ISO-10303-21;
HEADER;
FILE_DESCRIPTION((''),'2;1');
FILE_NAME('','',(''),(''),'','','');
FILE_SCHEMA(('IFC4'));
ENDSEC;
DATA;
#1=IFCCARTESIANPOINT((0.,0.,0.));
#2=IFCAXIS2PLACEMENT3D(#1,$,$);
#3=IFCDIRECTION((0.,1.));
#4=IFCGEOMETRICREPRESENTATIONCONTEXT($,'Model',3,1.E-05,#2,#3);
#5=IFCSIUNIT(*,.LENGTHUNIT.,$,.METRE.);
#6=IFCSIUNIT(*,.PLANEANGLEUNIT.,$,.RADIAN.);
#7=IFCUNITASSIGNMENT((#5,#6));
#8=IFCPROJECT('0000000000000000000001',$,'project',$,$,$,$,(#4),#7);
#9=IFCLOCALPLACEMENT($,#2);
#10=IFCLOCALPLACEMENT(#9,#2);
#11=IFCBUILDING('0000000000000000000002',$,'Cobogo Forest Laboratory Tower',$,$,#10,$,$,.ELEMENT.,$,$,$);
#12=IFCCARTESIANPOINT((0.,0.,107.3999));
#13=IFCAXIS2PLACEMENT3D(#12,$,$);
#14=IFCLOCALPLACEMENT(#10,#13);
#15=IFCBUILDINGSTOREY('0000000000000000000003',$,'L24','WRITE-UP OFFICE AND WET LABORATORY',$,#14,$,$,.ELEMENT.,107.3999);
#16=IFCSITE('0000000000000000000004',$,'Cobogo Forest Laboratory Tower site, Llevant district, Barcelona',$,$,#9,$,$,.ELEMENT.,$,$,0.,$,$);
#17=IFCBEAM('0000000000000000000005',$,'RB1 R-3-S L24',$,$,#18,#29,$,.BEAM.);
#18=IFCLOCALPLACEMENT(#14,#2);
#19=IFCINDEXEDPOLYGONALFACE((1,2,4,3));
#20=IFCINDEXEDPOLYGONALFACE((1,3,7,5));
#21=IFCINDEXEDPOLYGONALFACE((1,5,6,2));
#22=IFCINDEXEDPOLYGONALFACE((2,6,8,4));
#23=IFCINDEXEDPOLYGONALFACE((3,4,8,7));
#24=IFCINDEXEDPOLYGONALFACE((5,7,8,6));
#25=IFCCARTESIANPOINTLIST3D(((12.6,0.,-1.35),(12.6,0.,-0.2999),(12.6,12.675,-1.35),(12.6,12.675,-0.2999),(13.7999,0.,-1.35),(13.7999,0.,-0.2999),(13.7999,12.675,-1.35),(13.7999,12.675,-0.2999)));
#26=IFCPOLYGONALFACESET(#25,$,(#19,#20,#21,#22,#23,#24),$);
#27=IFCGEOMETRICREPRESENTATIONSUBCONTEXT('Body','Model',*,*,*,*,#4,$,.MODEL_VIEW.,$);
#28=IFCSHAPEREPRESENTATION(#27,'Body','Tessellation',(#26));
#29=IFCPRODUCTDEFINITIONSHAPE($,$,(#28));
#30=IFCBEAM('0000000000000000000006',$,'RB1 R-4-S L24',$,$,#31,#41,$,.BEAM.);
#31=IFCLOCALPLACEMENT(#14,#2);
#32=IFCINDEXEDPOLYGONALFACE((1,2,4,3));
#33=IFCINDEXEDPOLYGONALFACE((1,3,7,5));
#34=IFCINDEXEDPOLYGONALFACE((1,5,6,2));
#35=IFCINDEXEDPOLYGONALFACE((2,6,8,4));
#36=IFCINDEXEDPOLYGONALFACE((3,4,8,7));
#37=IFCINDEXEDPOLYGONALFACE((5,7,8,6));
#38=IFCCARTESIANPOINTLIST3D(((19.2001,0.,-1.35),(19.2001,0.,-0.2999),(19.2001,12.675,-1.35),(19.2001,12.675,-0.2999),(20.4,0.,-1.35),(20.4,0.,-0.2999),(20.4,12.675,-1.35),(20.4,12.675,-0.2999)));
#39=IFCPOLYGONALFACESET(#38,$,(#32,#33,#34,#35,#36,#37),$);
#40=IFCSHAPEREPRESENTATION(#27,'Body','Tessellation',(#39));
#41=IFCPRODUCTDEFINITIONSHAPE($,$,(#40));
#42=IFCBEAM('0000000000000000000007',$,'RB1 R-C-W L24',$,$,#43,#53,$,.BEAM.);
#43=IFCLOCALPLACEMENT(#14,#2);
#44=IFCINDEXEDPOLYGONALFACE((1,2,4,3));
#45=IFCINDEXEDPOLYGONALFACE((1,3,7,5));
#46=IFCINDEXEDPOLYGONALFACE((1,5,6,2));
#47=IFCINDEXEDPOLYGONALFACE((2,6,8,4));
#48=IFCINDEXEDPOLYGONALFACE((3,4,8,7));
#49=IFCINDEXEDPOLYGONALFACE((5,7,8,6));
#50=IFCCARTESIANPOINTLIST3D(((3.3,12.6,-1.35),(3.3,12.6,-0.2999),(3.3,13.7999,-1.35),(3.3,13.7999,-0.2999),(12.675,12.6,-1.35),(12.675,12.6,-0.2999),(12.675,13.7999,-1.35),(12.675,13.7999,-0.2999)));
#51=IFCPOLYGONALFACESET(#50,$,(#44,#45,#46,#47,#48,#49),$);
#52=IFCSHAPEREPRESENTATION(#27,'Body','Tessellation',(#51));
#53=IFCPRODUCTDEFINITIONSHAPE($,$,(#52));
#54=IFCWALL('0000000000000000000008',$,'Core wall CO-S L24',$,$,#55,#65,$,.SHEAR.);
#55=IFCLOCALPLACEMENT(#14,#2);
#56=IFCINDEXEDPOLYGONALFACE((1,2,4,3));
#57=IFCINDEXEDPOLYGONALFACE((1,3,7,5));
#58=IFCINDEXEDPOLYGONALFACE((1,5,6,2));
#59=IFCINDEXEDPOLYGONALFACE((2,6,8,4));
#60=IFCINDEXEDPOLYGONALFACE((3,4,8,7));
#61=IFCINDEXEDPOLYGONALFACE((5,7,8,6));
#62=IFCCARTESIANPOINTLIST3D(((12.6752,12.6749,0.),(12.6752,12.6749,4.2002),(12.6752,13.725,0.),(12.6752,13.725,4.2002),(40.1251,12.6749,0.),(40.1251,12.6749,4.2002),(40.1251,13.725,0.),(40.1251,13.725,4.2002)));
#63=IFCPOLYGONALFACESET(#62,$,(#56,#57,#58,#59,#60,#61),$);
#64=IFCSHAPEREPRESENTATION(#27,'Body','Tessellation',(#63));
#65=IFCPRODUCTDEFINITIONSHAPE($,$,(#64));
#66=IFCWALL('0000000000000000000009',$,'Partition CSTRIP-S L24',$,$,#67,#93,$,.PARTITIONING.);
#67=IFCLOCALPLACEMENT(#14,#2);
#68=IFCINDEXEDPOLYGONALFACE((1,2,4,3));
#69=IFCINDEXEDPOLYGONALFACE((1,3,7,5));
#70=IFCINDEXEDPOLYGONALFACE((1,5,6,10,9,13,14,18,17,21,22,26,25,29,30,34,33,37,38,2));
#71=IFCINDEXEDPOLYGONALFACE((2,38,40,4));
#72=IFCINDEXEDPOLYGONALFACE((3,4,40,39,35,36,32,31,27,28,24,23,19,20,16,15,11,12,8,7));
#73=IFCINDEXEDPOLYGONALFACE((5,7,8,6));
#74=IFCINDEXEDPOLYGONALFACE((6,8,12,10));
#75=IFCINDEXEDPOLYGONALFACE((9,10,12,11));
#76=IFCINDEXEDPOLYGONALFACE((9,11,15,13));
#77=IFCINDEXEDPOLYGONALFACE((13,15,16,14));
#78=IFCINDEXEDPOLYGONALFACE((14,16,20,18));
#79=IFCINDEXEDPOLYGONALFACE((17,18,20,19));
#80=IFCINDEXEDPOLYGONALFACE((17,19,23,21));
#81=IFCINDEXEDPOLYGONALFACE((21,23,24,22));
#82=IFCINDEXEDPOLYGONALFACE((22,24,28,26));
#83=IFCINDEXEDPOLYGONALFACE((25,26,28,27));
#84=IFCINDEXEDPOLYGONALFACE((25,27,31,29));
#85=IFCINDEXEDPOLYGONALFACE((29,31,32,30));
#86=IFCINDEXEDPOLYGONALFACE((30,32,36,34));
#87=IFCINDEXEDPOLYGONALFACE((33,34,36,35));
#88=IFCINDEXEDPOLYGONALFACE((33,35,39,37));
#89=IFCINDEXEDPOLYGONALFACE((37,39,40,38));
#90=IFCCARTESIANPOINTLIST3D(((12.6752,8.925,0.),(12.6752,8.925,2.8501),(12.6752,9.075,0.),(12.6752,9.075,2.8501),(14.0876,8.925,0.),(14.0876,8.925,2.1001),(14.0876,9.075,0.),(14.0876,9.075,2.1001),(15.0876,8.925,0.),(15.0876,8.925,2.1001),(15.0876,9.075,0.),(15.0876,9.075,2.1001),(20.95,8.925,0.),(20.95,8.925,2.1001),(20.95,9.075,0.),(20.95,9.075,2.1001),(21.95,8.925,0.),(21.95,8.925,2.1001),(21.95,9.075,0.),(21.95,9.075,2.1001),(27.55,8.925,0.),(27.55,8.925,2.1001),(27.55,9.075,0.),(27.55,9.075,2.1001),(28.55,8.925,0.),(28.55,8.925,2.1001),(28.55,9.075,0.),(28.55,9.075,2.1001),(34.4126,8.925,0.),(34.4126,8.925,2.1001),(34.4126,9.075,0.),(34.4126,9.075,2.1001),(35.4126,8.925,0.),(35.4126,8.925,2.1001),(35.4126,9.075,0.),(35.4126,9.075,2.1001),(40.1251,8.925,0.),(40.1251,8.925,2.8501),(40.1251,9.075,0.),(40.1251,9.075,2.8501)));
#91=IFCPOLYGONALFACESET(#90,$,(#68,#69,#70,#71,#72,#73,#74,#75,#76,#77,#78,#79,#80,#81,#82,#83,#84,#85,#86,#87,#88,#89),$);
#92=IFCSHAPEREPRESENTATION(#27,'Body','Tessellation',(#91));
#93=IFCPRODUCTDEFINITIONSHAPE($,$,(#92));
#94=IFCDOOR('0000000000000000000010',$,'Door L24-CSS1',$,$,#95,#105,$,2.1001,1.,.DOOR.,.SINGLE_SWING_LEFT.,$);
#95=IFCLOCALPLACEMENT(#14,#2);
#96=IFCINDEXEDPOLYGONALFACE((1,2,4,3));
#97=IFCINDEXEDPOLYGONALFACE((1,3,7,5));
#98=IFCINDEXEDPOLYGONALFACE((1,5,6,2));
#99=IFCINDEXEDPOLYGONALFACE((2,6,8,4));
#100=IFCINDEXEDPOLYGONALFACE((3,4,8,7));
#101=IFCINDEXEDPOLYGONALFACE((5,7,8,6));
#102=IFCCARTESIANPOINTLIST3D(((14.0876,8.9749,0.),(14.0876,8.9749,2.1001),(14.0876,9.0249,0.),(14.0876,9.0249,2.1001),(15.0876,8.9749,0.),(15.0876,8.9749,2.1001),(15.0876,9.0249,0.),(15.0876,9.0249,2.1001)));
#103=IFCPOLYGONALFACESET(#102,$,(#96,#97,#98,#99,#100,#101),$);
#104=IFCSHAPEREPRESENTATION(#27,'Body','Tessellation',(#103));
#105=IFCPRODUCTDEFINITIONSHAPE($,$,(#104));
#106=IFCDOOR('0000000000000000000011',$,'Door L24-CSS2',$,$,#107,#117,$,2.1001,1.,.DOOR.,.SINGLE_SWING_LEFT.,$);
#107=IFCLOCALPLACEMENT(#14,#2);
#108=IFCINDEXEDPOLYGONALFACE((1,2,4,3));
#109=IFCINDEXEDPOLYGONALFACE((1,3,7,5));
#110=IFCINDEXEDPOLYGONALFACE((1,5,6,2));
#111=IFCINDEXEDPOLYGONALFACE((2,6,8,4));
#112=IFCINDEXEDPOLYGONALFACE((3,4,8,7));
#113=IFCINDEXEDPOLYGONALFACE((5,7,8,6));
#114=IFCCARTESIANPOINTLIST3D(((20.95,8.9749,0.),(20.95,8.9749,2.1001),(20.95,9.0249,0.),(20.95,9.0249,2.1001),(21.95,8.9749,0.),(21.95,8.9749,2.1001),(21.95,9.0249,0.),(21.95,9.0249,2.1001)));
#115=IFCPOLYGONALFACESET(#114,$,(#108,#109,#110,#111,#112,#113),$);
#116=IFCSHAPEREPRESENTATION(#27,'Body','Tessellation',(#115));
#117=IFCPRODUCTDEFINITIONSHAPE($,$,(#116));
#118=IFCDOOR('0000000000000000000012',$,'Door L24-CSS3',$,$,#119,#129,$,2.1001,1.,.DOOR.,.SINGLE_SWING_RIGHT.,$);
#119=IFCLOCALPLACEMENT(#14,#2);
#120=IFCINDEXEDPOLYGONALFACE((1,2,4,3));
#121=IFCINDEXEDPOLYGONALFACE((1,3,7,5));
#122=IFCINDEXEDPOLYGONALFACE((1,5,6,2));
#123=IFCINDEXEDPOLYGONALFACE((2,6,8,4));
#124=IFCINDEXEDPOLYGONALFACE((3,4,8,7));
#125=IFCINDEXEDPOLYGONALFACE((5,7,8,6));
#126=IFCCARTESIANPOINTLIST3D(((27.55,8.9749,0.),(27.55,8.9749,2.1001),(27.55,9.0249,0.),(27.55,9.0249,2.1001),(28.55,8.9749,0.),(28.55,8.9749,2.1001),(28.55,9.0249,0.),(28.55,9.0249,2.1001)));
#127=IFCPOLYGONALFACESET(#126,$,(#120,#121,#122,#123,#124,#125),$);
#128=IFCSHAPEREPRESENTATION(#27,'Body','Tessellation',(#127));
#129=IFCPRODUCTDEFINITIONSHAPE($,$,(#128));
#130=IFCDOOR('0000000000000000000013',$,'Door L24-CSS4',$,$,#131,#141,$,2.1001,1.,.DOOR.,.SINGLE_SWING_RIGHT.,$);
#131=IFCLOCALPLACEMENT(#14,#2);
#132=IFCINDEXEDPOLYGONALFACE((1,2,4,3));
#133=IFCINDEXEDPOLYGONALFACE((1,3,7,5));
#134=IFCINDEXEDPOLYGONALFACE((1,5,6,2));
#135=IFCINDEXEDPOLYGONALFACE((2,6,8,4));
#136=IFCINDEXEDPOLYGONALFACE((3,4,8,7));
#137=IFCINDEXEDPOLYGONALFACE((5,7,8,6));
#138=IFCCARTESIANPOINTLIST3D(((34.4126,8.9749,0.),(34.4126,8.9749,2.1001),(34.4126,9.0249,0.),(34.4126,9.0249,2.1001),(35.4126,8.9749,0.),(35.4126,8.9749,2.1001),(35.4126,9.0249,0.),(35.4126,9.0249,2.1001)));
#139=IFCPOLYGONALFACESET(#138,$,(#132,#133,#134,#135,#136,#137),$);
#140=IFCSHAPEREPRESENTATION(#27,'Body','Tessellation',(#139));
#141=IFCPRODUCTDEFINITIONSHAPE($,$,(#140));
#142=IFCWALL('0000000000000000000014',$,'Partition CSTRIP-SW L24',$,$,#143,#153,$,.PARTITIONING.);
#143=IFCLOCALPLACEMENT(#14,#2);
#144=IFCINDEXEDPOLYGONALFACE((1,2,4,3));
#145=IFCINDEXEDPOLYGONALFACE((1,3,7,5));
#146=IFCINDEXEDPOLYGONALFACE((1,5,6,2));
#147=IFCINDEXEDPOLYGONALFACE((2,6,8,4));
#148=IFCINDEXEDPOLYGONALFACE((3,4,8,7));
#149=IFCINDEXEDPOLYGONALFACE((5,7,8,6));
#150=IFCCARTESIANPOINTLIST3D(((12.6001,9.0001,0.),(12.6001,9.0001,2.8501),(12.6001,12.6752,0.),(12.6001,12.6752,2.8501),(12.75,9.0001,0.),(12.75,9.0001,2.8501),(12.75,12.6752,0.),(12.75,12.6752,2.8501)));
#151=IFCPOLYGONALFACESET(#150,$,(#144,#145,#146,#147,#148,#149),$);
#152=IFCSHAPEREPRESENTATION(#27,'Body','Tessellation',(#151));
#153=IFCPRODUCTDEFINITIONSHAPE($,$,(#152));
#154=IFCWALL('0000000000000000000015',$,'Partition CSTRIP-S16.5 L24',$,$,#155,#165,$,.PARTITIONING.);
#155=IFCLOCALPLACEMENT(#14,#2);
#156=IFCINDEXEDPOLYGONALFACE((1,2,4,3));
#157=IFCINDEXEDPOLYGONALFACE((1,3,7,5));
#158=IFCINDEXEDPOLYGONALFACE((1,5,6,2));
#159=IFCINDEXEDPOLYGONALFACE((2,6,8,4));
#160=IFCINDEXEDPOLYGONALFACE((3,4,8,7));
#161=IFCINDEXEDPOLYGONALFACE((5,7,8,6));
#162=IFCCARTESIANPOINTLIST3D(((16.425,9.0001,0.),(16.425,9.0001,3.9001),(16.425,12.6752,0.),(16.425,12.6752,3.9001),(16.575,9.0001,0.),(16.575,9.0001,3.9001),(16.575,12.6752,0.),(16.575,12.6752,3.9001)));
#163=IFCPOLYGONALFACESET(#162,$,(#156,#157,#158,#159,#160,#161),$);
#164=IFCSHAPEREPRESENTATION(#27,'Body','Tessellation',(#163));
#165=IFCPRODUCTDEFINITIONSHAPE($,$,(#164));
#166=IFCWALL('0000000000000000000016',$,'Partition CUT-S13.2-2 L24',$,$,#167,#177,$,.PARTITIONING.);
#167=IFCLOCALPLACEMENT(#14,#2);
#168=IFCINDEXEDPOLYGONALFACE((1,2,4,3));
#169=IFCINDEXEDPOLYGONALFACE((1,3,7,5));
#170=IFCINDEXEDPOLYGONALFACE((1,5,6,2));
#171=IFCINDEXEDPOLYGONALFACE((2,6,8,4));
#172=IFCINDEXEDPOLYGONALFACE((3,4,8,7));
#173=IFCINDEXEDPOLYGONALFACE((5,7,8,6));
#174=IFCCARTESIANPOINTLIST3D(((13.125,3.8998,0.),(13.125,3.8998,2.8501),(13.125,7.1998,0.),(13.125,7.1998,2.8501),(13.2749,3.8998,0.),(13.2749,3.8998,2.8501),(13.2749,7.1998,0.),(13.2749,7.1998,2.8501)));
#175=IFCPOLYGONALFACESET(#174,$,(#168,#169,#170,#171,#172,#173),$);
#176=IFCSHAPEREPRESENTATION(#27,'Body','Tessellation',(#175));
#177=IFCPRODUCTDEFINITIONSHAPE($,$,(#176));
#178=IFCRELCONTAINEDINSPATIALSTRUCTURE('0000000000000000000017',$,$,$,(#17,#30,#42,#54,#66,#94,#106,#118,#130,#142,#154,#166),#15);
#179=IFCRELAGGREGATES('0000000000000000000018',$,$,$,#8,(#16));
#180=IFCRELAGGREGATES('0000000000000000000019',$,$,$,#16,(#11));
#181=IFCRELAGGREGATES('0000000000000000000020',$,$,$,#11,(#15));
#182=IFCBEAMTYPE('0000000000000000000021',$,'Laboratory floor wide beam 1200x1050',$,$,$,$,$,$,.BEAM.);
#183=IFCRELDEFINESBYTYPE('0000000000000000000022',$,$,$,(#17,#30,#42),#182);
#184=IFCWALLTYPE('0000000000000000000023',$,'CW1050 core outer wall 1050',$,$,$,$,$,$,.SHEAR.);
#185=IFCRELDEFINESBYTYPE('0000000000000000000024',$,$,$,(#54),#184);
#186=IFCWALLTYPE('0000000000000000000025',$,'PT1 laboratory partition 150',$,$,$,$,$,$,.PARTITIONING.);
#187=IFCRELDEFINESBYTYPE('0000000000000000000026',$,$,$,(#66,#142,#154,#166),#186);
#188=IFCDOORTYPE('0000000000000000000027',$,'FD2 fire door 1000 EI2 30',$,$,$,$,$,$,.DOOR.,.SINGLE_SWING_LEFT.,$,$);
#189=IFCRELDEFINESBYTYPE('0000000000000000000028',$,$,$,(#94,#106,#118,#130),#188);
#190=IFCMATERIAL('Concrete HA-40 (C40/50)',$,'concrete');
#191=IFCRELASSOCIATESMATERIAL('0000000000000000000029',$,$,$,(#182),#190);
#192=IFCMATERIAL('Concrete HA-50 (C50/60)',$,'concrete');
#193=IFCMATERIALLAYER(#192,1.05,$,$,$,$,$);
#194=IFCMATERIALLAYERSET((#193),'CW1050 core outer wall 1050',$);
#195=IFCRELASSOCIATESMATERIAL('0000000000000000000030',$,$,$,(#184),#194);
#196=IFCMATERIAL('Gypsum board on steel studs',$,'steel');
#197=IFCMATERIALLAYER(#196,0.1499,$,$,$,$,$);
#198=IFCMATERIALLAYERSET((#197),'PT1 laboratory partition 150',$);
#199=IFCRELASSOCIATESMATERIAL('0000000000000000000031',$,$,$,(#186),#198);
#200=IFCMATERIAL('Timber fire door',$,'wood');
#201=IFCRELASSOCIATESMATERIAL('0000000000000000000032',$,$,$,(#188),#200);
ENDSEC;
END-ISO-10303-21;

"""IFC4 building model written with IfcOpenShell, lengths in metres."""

from ifc_helpers import new_model, si_unit, direction, frame, frame_2d, origin, origin_2d, place, context, subcontext, project, spatial, rectangle, extrude, material, layer, layer_set, material_profile, profile_set, type_object, element, fill, save


model = new_model("IFC4")

# Units and contexts
model_context = context("Model", 3, precision=1e-05, world=origin(), true_north=direction((0.0, 1.0)))
body_context = subcontext(model_context, "Body", "Model", "MODEL_VIEW")
ifc_project = project(units=[si_unit("LENGTHUNIT", "METRE"), si_unit("PLANEANGLEUNIT", "RADIAN")], contexts=[model_context])

# Site, building, storey
site_placement = place(None, origin())
site = spatial("IfcSite", under=ifc_project, at=site_placement, Name="Cobogo Forest Laboratory Tower site, Llevant district, Barcelona", CompositionType="ELEMENT", RefElevation=0.0)
building_placement = place(site_placement, origin())
building = spatial("IfcBuilding", under=site, at=building_placement, Name="Cobogo Forest Laboratory Tower", CompositionType="ELEMENT")
storey_placement = place(building_placement, frame((0.0, 0.0, 107.3999)))
storey = spatial("IfcBuildingStorey", under=building, at=storey_placement, Name="L24", Description="WRITE-UP OFFICE AND WET LABORATORY", CompositionType="ELEMENT", Elevation=107.3999)

# Beams
ifc_material_1 = material(Name="Concrete HA-40 (C40/50)", Category="concrete")
ifc_material_profile = material_profile(ifc_material_1, rectangle(XDim=1.2, YDim=1.05, at=origin_2d()), Name="RC 1200x1050")
ifc_profile_set = profile_set([ifc_material_profile], Name="Concrete HA-40 (C40/50)")
beam_type = type_object("IfcBeamType", Name="Laboratory floor wide beam 1200x1050", PredefinedType="BEAM", material=ifc_profile_set)
for number, where, z_axis, x_axis, name in (
    (1, (13.2, 12.675, -0.825), (0.0, -1.0, 0.0), (1.0, 0.0, 0.0), "RB1 R-3-S L24"),
    (2, (19.8, 12.675, -0.825), (0.0, -1.0, 0.0), (1.0, 0.0, 0.0), "RB1 R-4-S L24"),
):
    element("IfcBeam", number, at=place(storey_placement, frame(where, z_axis=z_axis, x_axis=x_axis)), inside=storey, type_object=beam_type, Name=name, PredefinedType="BEAM", context=body_context, shape_type="SweptSolid", body=[
        extrude(rectangle(XDim=1.2, YDim=1.05, at=origin_2d()), origin(), (0.0, 0.0, 1.0), 12.675),
    ])
beam_placement = place(storey_placement, frame((12.675, 13.2, -0.825), z_axis=(-1.0, 0.0, 0.0), x_axis=(0.0, -1.0, 0.0)))
element("IfcBeam", 3, at=beam_placement, inside=storey, type_object=beam_type, Name="RB1 R-C-W L24", PredefinedType="BEAM", context=body_context, shape_type="SweptSolid", body=[
    extrude(rectangle(XDim=1.2, YDim=1.05, at=origin_2d()), origin(), (0.0, 0.0, 1.0), 9.375),
])

# Wall
ifc_material_2 = material(Name="Concrete HA-50 (C50/60)", Category="concrete")
ifc_layer_1 = layer(ifc_material_2, 1.05)
ifc_layer_set_1 = layer_set([ifc_layer_1], Name="CW1050 core outer wall 1050")
wall_type_1 = type_object("IfcWallType", Name="CW1050 core outer wall 1050", PredefinedType="SHEAR", material=ifc_layer_set_1)
wall_1_placement = place(storey_placement, frame((12.675, 13.2, 0.0), z_axis=(0.0, 0.0, 1.0), x_axis=(1.0, 0.0, 0.0)))
element("IfcWall", 4, at=wall_1_placement, inside=storey, type_object=wall_type_1, Name="Core wall CO-S L24", PredefinedType="SHEAR", context=body_context, shape_type="SweptSolid", body=[
    extrude(rectangle(XDim=27.45, YDim=1.05, at=frame_2d((13.7251, 0.0))), origin(), (0.0, 0.0, 1.0), 4.2002),
])

# Wall, openings, doors
ifc_material_3 = material(Name="Gypsum board on steel studs", Category="steel")
ifc_layer_2 = layer(ifc_material_3, 0.1499)
ifc_layer_set_2 = layer_set([ifc_layer_2], Name="PT1 laboratory partition 150")
wall_type_2 = type_object("IfcWallType", Name="PT1 laboratory partition 150", PredefinedType="PARTITIONING", material=ifc_layer_set_2)
wall_2_placement = place(storey_placement, frame((12.675, 9.0, 0.0), z_axis=(0.0, 0.0, 1.0), x_axis=(1.0, 0.0, 0.0)))
wall_2 = element("IfcWall", 5, at=wall_2_placement, inside=storey, type_object=wall_type_2, Name="Partition CSTRIP-S L24", PredefinedType="PARTITIONING", context=body_context, shape_type="SweptSolid", body=[
    extrude(rectangle(XDim=27.45, YDim=0.1499, at=frame_2d((13.7251, 0.0))), origin(), (0.0, 0.0, 1.0), 2.8501),
])
opening_1_placement = place(wall_2_placement, frame((1.4126, 0.0, 0.0)))
opening_1 = element("IfcOpeningElement", 6, at=opening_1_placement, cuts=wall_2, PredefinedType="OPENING", context=body_context, shape_type="SweptSolid", body=[
    extrude(rectangle(XDim=1.0, YDim=2.1001, at=frame_2d((0.5, 1.05))), frame((0.0, 0.085, 0.0), z_axis=(0.0, -1.0, 0.0), x_axis=(1.0, 0.0, 0.0)), (0.0, 0.0, 1.0), 0.1699),
])
opening_2_placement = place(wall_2_placement, frame((8.2749, 0.0, 0.0)))
opening_2 = element("IfcOpeningElement", 7, at=opening_2_placement, cuts=wall_2, PredefinedType="OPENING", context=body_context, shape_type="SweptSolid", body=[
    extrude(rectangle(XDim=1.0, YDim=2.1001, at=frame_2d((0.5, 1.05))), frame((0.0, 0.085, 0.0), z_axis=(0.0, -1.0, 0.0), x_axis=(1.0, 0.0, 0.0)), (0.0, 0.0, 1.0), 0.1699),
])
opening_3_placement = place(wall_2_placement, frame((14.875, 0.0, 0.0)))
opening_3 = element("IfcOpeningElement", 8, at=opening_3_placement, cuts=wall_2, PredefinedType="OPENING", context=body_context, shape_type="SweptSolid", body=[
    extrude(rectangle(XDim=1.0, YDim=2.1001, at=frame_2d((0.5, 1.05))), frame((0.0, 0.085, 0.0), z_axis=(0.0, -1.0, 0.0), x_axis=(1.0, 0.0, 0.0)), (0.0, 0.0, 1.0), 0.1699),
])
opening_4_placement = place(wall_2_placement, frame((21.7375, 0.0, 0.0)))
opening_4 = element("IfcOpeningElement", 9, at=opening_4_placement, cuts=wall_2, PredefinedType="OPENING", context=body_context, shape_type="SweptSolid", body=[
    extrude(rectangle(XDim=1.0, YDim=2.1001, at=frame_2d((0.5, 1.05))), frame((0.0, 0.085, 0.0), z_axis=(0.0, -1.0, 0.0), x_axis=(1.0, 0.0, 0.0)), (0.0, 0.0, 1.0), 0.1699),
])
ifc_material_4 = material(Name="Timber fire door", Category="wood")
door_type_1 = type_object("IfcDoorType", Name="FD2 fire door 1000 EI2 30", OperationType="SINGLE_SWING_LEFT", PredefinedType="DOOR", material=ifc_material_4)
door_1_placement = place(opening_1_placement, origin())
door_1 = element("IfcDoor", 10, at=door_1_placement, inside=storey, type_object=door_type_1, Name="Door L24-CSS1", OperationType="SINGLE_SWING_LEFT", OverallHeight=2.1001, OverallWidth=1.0, PredefinedType="DOOR", context=body_context, shape_type="SweptSolid", body=[
    extrude(rectangle(XDim=1.0, YDim=2.1001, at=frame_2d((0.5, 1.05))), frame((0.0, 0.0249, 0.0), z_axis=(0.0, -1.0, 0.0), x_axis=(1.0, 0.0, 0.0)), (0.0, 0.0, 1.0), 0.05),
])
fill(opening_1, door_1)
door_2_placement = place(opening_2_placement, origin())
door_2 = element("IfcDoor", 11, at=door_2_placement, inside=storey, type_object=door_type_1, Name="Door L24-CSS2", OperationType="SINGLE_SWING_LEFT", OverallHeight=2.1001, OverallWidth=1.0, PredefinedType="DOOR", context=body_context, shape_type="SweptSolid", body=[
    extrude(rectangle(XDim=1.0, YDim=2.1001, at=frame_2d((0.5, 1.05))), frame((0.0, 0.0249, 0.0), z_axis=(0.0, -1.0, 0.0), x_axis=(1.0, 0.0, 0.0)), (0.0, 0.0, 1.0), 0.05),
])
fill(opening_2, door_2)
door_3_placement = place(opening_3_placement, origin())
door_3 = element("IfcDoor", 12, at=door_3_placement, inside=storey, type_object=door_type_1, Name="Door L24-CSS3", OperationType="SINGLE_SWING_RIGHT", OverallHeight=2.1001, OverallWidth=1.0, PredefinedType="DOOR", context=body_context, shape_type="SweptSolid", body=[
    extrude(rectangle(XDim=1.0, YDim=2.1001, at=frame_2d((0.5, 1.05))), frame((0.0, 0.0249, 0.0), z_axis=(0.0, -1.0, 0.0), x_axis=(1.0, 0.0, 0.0)), (0.0, 0.0, 1.0), 0.05),
])
fill(opening_3, door_3)
door_4_placement = place(opening_4_placement, origin())
door_4 = element("IfcDoor", 13, at=door_4_placement, inside=storey, type_object=door_type_1, Name="Door L24-CSS4", OperationType="SINGLE_SWING_RIGHT", OverallHeight=2.1001, OverallWidth=1.0, PredefinedType="DOOR", context=body_context, shape_type="SweptSolid", body=[
    extrude(rectangle(XDim=1.0, YDim=2.1001, at=frame_2d((0.5, 1.05))), frame((0.0, 0.0249, 0.0), z_axis=(0.0, -1.0, 0.0), x_axis=(1.0, 0.0, 0.0)), (0.0, 0.0, 1.0), 0.05),
])
fill(opening_4, door_4)

# Walls
wall_3_placement = place(storey_placement, frame((12.675, 12.675, 0.0), z_axis=(0.0, 0.0, 1.0), x_axis=(0.0, -1.0, 0.0)))
element("IfcWall", 14, at=wall_3_placement, inside=storey, type_object=wall_type_2, Name="Partition CSTRIP-SW L24", PredefinedType="PARTITIONING", context=body_context, shape_type="SweptSolid", body=[
    extrude(rectangle(XDim=3.675, YDim=0.1499, at=frame_2d((1.8374, 0.0))), origin(), (0.0, 0.0, 1.0), 2.8501),
])
wall_4_placement = place(storey_placement, frame((16.5, 12.675, 0.0), z_axis=(0.0, 0.0, 1.0), x_axis=(0.0, -1.0, 0.0)))
element("IfcWall", 15, at=wall_4_placement, inside=storey, type_object=wall_type_2, Name="Partition CSTRIP-S16.5 L24", PredefinedType="PARTITIONING", context=body_context, shape_type="SweptSolid", body=[
    extrude(rectangle(XDim=3.675, YDim=0.1499, at=frame_2d((1.8374, 0.0))), origin(), (0.0, 0.0, 1.0), 3.9001),
])
wall_5_placement = place(storey_placement, frame((13.2, 3.8999, 0.0), z_axis=(0.0, 0.0, 1.0), x_axis=(0.0, 1.0, 0.0)))
element("IfcWall", 16, at=wall_5_placement, inside=storey, type_object=wall_type_2, Name="Partition CUT-S13.2-2 L24", PredefinedType="PARTITIONING", context=body_context, shape_type="SweptSolid", body=[
    extrude(rectangle(XDim=3.3, YDim=0.1499, at=frame_2d((1.6499, 0.0))), origin(), (0.0, 0.0, 1.0), 2.8501),
])

save(model, "model.ifc")
